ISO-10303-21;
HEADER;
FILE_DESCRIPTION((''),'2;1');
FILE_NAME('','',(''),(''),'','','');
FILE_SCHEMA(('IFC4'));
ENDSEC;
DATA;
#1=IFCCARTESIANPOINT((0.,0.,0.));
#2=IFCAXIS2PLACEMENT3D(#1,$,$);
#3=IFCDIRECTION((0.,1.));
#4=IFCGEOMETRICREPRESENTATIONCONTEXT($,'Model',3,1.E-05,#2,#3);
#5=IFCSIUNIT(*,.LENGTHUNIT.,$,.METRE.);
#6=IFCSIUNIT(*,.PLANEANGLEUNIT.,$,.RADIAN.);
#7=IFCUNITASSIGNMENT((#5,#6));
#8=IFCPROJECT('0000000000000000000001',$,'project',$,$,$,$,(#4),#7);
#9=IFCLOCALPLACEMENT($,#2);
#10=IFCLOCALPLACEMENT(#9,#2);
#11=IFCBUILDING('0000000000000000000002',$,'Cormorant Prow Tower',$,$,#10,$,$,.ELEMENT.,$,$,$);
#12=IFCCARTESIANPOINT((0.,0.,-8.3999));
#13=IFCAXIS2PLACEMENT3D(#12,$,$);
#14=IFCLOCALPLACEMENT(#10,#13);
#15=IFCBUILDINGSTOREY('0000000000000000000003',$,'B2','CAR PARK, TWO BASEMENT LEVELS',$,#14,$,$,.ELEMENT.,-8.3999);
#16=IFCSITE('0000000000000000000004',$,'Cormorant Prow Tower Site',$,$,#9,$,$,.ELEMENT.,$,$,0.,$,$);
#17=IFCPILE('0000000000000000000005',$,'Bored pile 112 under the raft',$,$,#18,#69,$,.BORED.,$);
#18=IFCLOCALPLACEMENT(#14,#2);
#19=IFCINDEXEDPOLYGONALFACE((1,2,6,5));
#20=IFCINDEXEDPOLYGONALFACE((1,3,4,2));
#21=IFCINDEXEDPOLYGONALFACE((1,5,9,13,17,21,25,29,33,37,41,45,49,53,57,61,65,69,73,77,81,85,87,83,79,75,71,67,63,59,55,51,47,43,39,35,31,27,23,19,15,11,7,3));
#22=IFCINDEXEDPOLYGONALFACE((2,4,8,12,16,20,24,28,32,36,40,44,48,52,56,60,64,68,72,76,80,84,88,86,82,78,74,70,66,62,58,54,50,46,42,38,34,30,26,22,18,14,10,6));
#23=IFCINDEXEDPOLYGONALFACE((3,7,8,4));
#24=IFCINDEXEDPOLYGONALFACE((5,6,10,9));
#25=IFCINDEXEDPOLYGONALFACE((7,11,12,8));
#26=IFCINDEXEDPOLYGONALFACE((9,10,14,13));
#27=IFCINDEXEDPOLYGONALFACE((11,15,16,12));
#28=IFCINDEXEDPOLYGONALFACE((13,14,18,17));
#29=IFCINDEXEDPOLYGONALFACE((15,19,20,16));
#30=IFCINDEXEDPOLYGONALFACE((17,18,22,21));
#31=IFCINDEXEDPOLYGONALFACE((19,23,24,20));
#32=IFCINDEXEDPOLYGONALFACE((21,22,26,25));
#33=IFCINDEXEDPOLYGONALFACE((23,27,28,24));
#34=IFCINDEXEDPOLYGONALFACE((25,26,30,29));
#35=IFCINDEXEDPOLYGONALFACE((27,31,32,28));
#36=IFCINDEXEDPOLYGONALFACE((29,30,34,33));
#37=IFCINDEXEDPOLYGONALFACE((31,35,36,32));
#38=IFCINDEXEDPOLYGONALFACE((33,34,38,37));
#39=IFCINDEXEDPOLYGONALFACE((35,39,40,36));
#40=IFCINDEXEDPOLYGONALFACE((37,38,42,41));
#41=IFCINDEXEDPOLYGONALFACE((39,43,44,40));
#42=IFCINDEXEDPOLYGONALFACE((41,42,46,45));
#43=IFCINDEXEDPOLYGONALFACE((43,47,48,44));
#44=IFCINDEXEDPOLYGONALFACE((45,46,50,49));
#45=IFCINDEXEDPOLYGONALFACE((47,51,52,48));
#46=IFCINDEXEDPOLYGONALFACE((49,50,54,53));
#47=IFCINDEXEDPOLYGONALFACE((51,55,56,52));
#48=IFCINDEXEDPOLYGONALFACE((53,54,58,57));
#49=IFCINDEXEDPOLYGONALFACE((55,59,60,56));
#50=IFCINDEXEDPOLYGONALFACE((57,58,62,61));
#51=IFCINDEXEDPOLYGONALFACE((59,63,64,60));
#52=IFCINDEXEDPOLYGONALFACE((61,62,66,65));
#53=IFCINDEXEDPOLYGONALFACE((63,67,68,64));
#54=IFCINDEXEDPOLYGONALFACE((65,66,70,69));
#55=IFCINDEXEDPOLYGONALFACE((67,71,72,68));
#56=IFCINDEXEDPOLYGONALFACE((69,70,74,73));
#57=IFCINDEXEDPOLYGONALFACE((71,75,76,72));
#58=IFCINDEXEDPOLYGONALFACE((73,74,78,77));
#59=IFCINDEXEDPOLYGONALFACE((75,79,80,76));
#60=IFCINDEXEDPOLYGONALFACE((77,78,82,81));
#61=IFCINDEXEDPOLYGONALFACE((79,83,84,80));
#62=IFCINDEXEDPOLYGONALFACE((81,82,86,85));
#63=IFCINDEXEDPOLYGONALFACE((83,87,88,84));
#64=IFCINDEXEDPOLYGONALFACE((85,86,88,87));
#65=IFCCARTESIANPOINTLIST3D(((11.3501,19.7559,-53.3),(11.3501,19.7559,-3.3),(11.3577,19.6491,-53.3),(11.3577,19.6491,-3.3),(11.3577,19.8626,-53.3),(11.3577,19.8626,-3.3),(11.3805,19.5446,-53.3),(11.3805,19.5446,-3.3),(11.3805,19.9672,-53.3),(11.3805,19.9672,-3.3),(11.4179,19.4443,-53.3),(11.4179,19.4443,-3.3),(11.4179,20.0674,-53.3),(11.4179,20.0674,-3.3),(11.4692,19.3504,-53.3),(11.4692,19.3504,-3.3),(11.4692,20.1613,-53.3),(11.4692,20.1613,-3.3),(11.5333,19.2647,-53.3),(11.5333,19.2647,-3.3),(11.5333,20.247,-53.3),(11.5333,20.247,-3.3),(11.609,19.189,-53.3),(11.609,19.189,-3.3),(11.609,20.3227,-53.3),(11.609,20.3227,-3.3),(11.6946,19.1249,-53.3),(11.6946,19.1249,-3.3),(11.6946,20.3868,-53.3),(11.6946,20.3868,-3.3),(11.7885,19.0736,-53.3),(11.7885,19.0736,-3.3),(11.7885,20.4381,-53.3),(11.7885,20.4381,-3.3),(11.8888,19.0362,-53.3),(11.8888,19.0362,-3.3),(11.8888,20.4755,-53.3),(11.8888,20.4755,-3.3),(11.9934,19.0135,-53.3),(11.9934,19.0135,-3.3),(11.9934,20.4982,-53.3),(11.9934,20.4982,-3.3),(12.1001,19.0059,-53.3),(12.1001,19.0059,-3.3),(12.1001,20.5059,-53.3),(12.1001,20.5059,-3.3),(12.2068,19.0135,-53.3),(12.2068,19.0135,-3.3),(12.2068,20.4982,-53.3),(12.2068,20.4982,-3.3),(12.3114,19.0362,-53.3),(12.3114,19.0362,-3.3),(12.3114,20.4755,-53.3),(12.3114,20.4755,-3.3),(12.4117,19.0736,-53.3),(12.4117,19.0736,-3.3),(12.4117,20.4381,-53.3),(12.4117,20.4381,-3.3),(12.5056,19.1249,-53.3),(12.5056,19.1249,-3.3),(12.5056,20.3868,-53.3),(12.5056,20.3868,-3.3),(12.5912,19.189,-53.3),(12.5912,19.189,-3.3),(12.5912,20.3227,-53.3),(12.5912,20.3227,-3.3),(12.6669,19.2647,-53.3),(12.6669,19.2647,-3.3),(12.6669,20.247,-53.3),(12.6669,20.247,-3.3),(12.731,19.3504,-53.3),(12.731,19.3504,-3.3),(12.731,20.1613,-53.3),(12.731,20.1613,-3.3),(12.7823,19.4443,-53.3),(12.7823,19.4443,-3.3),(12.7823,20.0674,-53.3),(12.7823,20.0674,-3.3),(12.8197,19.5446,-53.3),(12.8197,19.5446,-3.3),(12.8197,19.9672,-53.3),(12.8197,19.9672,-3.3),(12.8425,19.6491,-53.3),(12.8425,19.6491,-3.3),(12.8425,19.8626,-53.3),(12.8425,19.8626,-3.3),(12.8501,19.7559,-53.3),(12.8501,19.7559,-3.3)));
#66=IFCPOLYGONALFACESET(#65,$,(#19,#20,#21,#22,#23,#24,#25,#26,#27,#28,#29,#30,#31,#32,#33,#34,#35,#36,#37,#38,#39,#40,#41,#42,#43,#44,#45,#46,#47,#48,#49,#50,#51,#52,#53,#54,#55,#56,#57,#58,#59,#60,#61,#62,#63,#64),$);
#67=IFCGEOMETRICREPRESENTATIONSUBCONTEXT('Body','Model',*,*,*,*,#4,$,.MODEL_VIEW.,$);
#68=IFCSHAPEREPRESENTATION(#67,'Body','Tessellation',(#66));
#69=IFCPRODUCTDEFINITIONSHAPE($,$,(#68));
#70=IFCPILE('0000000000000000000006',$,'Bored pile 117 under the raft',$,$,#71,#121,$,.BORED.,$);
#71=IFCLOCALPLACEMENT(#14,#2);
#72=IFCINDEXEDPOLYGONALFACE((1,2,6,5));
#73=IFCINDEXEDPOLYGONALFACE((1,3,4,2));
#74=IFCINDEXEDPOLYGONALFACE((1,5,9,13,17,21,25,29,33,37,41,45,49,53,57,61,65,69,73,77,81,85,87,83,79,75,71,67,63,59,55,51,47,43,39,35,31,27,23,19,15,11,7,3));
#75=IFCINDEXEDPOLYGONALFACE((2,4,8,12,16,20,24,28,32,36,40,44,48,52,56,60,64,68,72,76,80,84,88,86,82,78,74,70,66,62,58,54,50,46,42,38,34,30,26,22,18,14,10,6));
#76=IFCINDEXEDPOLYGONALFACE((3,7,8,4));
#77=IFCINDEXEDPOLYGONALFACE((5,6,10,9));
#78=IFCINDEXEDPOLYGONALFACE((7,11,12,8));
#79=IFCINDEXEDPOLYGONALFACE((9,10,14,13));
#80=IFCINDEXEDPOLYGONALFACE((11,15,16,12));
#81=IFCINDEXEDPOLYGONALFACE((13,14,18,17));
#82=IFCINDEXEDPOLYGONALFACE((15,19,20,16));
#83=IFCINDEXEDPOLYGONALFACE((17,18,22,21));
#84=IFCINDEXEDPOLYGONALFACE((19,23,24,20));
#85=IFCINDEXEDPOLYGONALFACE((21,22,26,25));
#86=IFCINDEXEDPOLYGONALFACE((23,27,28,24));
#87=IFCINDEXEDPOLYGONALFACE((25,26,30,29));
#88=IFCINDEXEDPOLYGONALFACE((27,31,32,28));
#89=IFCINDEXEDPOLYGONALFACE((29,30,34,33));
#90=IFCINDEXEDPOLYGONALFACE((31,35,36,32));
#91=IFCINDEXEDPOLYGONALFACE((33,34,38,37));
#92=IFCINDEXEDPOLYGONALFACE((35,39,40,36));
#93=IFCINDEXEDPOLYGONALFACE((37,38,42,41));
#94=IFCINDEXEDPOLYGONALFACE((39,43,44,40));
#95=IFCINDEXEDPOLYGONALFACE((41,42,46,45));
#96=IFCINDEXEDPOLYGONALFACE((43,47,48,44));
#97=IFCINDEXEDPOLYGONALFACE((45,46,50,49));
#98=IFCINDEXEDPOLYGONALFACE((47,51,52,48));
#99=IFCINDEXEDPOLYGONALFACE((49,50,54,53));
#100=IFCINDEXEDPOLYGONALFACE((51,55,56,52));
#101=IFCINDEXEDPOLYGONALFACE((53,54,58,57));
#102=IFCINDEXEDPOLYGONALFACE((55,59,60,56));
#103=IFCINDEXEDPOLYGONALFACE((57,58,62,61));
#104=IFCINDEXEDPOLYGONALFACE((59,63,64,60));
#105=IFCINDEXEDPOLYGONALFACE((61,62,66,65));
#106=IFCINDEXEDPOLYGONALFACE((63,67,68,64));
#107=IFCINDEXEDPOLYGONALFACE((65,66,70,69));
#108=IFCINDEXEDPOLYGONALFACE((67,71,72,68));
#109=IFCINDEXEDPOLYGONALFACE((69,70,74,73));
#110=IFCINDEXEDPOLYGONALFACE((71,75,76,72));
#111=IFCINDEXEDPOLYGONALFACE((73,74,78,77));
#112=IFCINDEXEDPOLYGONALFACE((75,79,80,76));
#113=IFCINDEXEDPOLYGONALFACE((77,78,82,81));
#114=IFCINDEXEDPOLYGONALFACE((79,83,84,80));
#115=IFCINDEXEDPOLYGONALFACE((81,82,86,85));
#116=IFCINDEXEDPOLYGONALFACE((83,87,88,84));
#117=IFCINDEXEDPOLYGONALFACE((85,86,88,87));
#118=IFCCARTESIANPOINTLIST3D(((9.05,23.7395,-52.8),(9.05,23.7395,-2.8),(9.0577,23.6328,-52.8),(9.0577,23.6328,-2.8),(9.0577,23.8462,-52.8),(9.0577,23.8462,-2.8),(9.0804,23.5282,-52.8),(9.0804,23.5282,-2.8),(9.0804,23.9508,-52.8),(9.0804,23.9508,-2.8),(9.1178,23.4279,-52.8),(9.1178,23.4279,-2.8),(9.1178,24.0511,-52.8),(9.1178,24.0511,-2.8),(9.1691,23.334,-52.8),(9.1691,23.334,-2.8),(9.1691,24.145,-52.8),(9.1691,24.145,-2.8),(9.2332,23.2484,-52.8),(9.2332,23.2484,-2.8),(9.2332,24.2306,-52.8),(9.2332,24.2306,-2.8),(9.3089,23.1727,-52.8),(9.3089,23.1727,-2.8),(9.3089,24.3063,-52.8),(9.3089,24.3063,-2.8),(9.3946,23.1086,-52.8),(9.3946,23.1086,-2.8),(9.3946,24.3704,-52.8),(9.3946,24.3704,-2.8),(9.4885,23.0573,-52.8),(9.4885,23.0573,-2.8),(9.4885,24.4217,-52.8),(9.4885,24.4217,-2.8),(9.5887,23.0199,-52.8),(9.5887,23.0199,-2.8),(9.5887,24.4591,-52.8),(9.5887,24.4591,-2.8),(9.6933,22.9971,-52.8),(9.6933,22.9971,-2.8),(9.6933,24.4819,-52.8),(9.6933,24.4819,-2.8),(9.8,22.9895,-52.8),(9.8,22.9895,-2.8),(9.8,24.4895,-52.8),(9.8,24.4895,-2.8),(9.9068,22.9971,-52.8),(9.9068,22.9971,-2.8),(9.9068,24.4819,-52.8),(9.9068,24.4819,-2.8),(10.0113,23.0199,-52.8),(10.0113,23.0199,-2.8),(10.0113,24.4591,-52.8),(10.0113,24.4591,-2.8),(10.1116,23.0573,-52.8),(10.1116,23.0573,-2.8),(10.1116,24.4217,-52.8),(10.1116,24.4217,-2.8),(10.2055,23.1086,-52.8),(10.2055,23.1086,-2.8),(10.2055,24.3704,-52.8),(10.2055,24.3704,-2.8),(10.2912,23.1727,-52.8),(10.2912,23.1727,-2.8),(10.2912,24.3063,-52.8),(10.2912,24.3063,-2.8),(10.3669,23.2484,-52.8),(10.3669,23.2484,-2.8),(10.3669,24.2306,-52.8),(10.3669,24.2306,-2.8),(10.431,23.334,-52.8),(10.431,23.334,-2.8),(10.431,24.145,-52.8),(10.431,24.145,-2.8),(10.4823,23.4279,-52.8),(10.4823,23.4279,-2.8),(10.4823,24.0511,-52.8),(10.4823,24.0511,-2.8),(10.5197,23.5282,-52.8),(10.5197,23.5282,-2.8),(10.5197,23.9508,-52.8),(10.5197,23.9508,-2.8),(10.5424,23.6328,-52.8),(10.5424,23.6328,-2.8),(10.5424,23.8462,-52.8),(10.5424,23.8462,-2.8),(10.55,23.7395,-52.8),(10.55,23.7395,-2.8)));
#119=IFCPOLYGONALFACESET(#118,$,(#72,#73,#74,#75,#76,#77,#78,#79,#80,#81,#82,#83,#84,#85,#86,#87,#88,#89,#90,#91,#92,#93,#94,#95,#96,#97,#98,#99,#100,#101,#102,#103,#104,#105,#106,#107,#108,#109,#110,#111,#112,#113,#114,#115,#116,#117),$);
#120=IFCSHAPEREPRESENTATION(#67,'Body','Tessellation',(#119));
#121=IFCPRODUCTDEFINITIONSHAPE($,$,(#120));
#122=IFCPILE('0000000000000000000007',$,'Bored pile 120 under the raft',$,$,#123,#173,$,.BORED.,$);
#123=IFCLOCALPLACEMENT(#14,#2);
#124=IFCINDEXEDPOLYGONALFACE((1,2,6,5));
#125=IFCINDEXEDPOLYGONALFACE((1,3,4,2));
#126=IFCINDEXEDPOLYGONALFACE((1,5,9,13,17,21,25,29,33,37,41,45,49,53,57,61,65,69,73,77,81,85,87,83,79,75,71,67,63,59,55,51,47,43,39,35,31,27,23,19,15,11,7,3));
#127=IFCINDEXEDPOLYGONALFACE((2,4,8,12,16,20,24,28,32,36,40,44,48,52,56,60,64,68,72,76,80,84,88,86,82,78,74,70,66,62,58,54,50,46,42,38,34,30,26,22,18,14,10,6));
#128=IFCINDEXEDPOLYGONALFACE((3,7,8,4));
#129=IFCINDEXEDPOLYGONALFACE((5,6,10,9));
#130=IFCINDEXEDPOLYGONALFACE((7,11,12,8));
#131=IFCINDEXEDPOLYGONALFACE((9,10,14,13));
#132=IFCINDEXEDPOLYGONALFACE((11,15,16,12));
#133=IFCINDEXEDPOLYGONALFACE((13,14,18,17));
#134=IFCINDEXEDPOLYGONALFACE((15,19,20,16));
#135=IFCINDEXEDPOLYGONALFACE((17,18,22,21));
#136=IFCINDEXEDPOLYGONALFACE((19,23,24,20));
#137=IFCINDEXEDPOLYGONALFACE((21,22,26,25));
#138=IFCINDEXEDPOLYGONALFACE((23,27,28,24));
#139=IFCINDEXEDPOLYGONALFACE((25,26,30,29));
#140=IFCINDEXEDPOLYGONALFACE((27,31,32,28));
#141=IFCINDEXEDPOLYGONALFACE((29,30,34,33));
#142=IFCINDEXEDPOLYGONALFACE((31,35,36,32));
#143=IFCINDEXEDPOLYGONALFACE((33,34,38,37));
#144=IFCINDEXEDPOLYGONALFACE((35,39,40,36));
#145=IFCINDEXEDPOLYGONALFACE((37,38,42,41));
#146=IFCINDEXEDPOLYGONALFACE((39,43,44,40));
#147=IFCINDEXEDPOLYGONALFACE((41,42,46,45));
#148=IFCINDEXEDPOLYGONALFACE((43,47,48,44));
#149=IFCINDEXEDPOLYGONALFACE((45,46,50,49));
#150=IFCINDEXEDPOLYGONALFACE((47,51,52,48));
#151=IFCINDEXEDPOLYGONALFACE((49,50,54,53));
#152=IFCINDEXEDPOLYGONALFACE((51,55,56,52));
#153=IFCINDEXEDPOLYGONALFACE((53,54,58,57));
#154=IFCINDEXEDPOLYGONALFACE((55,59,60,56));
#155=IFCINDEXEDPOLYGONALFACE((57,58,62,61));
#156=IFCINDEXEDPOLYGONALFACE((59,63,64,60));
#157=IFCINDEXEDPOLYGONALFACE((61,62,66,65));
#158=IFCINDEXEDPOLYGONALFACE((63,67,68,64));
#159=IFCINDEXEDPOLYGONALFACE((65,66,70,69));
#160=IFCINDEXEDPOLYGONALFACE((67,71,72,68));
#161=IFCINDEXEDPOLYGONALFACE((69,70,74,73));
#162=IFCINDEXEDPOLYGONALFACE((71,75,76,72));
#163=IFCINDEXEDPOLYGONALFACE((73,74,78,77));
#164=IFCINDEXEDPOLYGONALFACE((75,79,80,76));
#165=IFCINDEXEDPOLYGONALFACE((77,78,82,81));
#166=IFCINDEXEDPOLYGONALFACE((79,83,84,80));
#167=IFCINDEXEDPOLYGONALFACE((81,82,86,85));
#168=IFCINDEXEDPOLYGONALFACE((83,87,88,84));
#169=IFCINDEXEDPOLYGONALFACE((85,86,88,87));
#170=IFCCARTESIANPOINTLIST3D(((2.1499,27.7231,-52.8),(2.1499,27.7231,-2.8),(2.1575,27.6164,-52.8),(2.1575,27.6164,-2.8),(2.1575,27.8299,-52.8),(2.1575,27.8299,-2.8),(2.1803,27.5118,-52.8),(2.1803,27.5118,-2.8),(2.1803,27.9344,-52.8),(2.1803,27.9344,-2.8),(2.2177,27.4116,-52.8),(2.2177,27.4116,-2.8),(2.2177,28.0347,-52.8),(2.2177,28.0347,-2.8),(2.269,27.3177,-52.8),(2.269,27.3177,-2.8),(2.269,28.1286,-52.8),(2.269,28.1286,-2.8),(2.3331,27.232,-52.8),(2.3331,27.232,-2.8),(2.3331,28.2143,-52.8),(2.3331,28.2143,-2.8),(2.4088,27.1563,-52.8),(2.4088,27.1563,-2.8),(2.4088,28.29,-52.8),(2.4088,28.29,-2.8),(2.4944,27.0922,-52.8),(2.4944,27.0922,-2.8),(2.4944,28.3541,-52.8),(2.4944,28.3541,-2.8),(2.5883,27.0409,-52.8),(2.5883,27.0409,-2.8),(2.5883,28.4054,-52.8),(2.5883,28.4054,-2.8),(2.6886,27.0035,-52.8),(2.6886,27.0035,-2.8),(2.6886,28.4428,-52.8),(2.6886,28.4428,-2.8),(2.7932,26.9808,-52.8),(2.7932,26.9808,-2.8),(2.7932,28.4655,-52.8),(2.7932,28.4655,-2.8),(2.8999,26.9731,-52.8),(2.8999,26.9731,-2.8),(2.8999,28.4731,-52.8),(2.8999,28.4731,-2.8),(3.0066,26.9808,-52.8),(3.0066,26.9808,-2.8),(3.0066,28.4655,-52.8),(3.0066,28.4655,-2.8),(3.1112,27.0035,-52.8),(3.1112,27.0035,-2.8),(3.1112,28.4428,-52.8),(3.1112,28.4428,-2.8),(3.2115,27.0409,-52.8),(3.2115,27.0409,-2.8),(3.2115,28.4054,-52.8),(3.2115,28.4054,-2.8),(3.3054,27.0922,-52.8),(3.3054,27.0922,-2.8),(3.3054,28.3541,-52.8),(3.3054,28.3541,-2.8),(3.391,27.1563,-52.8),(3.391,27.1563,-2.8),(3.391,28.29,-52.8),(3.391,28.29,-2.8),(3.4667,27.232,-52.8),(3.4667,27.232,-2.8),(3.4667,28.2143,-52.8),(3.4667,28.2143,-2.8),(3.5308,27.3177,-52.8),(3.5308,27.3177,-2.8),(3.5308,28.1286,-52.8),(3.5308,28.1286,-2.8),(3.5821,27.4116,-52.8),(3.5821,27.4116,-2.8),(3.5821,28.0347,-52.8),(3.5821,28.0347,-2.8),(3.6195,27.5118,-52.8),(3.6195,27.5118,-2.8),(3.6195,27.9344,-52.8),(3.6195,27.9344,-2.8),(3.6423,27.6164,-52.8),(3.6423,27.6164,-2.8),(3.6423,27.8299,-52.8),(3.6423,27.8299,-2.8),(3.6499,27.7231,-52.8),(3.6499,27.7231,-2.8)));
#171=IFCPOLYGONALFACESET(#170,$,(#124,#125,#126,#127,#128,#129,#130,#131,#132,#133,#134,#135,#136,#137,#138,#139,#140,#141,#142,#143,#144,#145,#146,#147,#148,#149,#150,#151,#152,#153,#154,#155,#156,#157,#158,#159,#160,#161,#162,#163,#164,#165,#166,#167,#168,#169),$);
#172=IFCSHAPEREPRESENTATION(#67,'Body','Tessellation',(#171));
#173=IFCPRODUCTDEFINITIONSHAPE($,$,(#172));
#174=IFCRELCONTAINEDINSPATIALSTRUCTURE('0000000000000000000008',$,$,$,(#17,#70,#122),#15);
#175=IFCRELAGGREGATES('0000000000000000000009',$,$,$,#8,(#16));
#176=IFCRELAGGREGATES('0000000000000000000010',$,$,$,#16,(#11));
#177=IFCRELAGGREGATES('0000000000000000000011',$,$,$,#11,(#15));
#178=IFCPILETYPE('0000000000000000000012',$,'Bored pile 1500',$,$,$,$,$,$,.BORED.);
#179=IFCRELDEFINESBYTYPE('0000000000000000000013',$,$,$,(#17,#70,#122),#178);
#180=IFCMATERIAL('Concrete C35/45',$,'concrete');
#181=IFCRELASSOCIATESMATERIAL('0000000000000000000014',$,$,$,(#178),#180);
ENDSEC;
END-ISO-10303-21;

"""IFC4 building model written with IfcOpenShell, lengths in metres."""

from ifc_helpers import new_model, si_unit, direction, frame, origin, origin_2d, place, context, subcontext, project, spatial, circle, extrude, material, material_profile, profile_set, type_object, element, save


model = new_model("IFC4")

# Units and contexts
model_context = context("Model", 3, precision=1e-05, world=origin(), true_north=direction((0.0, 1.0)))
body_context = subcontext(model_context, "Body", "Model", "MODEL_VIEW")
ifc_project = project(units=[si_unit("LENGTHUNIT", "METRE"), si_unit("PLANEANGLEUNIT", "RADIAN")], contexts=[model_context])

# Site, building, storey
site_placement = place(None, origin())
site = spatial("IfcSite", under=ifc_project, at=site_placement, Name="Cormorant Prow Tower Site", CompositionType="ELEMENT", RefElevation=0.0)
building_placement = place(site_placement, origin())
building = spatial("IfcBuilding", under=site, at=building_placement, Name="Cormorant Prow Tower", CompositionType="ELEMENT")
storey_placement = place(building_placement, frame((0.0, 0.0, -8.3999)))
storey = spatial("IfcBuildingStorey", under=building, at=storey_placement, Name="B2", Description="CAR PARK, TWO BASEMENT LEVELS", CompositionType="ELEMENT", Elevation=-8.3999)

# Piles
ifc_material_1 = material(Name="Concrete C35/45", Category="concrete")
ifc_material_profile_1 = material_profile(ifc_material_1, circle(Radius=0.75, at=origin_2d()), Name="Round 1500")
ifc_profile_set_1 = profile_set([ifc_material_profile_1], Name="Concrete C35/45")
pile_type_1 = type_object("IfcPileType", Name="Bored pile 1500", PredefinedType="BORED", material=ifc_profile_set_1)
for number, where, z_axis, x_axis, name in (
    (1, (12.1001, 19.7559, -3.3), (0.0, 0.0, -1.0), (1.0, 0.0, 0.0), "Bored pile 112 under the raft"),
    (2, (9.8, 23.7395, -2.8), (0.0, 0.0, -1.0), (1.0, 0.0, 0.0), "Bored pile 117 under the raft"),
    (3, (2.8999, 27.7231, -2.8), (0.0, 0.0, -1.0), (1.0, 0.0, 0.0), "Bored pile 120 under the raft"),
):
    element("IfcPile", number, at=place(storey_placement, frame(where, z_axis=z_axis, x_axis=x_axis)), inside=storey, type_object=pile_type_1, Name=name, PredefinedType="BORED", context=body_context, shape_type="SweptSolid", body=[
        extrude(circle(Radius=0.75, at=origin_2d()), origin(), (0.0, 0.0, 1.0), 50.0),
    ])

save(model, "model.ifc")
